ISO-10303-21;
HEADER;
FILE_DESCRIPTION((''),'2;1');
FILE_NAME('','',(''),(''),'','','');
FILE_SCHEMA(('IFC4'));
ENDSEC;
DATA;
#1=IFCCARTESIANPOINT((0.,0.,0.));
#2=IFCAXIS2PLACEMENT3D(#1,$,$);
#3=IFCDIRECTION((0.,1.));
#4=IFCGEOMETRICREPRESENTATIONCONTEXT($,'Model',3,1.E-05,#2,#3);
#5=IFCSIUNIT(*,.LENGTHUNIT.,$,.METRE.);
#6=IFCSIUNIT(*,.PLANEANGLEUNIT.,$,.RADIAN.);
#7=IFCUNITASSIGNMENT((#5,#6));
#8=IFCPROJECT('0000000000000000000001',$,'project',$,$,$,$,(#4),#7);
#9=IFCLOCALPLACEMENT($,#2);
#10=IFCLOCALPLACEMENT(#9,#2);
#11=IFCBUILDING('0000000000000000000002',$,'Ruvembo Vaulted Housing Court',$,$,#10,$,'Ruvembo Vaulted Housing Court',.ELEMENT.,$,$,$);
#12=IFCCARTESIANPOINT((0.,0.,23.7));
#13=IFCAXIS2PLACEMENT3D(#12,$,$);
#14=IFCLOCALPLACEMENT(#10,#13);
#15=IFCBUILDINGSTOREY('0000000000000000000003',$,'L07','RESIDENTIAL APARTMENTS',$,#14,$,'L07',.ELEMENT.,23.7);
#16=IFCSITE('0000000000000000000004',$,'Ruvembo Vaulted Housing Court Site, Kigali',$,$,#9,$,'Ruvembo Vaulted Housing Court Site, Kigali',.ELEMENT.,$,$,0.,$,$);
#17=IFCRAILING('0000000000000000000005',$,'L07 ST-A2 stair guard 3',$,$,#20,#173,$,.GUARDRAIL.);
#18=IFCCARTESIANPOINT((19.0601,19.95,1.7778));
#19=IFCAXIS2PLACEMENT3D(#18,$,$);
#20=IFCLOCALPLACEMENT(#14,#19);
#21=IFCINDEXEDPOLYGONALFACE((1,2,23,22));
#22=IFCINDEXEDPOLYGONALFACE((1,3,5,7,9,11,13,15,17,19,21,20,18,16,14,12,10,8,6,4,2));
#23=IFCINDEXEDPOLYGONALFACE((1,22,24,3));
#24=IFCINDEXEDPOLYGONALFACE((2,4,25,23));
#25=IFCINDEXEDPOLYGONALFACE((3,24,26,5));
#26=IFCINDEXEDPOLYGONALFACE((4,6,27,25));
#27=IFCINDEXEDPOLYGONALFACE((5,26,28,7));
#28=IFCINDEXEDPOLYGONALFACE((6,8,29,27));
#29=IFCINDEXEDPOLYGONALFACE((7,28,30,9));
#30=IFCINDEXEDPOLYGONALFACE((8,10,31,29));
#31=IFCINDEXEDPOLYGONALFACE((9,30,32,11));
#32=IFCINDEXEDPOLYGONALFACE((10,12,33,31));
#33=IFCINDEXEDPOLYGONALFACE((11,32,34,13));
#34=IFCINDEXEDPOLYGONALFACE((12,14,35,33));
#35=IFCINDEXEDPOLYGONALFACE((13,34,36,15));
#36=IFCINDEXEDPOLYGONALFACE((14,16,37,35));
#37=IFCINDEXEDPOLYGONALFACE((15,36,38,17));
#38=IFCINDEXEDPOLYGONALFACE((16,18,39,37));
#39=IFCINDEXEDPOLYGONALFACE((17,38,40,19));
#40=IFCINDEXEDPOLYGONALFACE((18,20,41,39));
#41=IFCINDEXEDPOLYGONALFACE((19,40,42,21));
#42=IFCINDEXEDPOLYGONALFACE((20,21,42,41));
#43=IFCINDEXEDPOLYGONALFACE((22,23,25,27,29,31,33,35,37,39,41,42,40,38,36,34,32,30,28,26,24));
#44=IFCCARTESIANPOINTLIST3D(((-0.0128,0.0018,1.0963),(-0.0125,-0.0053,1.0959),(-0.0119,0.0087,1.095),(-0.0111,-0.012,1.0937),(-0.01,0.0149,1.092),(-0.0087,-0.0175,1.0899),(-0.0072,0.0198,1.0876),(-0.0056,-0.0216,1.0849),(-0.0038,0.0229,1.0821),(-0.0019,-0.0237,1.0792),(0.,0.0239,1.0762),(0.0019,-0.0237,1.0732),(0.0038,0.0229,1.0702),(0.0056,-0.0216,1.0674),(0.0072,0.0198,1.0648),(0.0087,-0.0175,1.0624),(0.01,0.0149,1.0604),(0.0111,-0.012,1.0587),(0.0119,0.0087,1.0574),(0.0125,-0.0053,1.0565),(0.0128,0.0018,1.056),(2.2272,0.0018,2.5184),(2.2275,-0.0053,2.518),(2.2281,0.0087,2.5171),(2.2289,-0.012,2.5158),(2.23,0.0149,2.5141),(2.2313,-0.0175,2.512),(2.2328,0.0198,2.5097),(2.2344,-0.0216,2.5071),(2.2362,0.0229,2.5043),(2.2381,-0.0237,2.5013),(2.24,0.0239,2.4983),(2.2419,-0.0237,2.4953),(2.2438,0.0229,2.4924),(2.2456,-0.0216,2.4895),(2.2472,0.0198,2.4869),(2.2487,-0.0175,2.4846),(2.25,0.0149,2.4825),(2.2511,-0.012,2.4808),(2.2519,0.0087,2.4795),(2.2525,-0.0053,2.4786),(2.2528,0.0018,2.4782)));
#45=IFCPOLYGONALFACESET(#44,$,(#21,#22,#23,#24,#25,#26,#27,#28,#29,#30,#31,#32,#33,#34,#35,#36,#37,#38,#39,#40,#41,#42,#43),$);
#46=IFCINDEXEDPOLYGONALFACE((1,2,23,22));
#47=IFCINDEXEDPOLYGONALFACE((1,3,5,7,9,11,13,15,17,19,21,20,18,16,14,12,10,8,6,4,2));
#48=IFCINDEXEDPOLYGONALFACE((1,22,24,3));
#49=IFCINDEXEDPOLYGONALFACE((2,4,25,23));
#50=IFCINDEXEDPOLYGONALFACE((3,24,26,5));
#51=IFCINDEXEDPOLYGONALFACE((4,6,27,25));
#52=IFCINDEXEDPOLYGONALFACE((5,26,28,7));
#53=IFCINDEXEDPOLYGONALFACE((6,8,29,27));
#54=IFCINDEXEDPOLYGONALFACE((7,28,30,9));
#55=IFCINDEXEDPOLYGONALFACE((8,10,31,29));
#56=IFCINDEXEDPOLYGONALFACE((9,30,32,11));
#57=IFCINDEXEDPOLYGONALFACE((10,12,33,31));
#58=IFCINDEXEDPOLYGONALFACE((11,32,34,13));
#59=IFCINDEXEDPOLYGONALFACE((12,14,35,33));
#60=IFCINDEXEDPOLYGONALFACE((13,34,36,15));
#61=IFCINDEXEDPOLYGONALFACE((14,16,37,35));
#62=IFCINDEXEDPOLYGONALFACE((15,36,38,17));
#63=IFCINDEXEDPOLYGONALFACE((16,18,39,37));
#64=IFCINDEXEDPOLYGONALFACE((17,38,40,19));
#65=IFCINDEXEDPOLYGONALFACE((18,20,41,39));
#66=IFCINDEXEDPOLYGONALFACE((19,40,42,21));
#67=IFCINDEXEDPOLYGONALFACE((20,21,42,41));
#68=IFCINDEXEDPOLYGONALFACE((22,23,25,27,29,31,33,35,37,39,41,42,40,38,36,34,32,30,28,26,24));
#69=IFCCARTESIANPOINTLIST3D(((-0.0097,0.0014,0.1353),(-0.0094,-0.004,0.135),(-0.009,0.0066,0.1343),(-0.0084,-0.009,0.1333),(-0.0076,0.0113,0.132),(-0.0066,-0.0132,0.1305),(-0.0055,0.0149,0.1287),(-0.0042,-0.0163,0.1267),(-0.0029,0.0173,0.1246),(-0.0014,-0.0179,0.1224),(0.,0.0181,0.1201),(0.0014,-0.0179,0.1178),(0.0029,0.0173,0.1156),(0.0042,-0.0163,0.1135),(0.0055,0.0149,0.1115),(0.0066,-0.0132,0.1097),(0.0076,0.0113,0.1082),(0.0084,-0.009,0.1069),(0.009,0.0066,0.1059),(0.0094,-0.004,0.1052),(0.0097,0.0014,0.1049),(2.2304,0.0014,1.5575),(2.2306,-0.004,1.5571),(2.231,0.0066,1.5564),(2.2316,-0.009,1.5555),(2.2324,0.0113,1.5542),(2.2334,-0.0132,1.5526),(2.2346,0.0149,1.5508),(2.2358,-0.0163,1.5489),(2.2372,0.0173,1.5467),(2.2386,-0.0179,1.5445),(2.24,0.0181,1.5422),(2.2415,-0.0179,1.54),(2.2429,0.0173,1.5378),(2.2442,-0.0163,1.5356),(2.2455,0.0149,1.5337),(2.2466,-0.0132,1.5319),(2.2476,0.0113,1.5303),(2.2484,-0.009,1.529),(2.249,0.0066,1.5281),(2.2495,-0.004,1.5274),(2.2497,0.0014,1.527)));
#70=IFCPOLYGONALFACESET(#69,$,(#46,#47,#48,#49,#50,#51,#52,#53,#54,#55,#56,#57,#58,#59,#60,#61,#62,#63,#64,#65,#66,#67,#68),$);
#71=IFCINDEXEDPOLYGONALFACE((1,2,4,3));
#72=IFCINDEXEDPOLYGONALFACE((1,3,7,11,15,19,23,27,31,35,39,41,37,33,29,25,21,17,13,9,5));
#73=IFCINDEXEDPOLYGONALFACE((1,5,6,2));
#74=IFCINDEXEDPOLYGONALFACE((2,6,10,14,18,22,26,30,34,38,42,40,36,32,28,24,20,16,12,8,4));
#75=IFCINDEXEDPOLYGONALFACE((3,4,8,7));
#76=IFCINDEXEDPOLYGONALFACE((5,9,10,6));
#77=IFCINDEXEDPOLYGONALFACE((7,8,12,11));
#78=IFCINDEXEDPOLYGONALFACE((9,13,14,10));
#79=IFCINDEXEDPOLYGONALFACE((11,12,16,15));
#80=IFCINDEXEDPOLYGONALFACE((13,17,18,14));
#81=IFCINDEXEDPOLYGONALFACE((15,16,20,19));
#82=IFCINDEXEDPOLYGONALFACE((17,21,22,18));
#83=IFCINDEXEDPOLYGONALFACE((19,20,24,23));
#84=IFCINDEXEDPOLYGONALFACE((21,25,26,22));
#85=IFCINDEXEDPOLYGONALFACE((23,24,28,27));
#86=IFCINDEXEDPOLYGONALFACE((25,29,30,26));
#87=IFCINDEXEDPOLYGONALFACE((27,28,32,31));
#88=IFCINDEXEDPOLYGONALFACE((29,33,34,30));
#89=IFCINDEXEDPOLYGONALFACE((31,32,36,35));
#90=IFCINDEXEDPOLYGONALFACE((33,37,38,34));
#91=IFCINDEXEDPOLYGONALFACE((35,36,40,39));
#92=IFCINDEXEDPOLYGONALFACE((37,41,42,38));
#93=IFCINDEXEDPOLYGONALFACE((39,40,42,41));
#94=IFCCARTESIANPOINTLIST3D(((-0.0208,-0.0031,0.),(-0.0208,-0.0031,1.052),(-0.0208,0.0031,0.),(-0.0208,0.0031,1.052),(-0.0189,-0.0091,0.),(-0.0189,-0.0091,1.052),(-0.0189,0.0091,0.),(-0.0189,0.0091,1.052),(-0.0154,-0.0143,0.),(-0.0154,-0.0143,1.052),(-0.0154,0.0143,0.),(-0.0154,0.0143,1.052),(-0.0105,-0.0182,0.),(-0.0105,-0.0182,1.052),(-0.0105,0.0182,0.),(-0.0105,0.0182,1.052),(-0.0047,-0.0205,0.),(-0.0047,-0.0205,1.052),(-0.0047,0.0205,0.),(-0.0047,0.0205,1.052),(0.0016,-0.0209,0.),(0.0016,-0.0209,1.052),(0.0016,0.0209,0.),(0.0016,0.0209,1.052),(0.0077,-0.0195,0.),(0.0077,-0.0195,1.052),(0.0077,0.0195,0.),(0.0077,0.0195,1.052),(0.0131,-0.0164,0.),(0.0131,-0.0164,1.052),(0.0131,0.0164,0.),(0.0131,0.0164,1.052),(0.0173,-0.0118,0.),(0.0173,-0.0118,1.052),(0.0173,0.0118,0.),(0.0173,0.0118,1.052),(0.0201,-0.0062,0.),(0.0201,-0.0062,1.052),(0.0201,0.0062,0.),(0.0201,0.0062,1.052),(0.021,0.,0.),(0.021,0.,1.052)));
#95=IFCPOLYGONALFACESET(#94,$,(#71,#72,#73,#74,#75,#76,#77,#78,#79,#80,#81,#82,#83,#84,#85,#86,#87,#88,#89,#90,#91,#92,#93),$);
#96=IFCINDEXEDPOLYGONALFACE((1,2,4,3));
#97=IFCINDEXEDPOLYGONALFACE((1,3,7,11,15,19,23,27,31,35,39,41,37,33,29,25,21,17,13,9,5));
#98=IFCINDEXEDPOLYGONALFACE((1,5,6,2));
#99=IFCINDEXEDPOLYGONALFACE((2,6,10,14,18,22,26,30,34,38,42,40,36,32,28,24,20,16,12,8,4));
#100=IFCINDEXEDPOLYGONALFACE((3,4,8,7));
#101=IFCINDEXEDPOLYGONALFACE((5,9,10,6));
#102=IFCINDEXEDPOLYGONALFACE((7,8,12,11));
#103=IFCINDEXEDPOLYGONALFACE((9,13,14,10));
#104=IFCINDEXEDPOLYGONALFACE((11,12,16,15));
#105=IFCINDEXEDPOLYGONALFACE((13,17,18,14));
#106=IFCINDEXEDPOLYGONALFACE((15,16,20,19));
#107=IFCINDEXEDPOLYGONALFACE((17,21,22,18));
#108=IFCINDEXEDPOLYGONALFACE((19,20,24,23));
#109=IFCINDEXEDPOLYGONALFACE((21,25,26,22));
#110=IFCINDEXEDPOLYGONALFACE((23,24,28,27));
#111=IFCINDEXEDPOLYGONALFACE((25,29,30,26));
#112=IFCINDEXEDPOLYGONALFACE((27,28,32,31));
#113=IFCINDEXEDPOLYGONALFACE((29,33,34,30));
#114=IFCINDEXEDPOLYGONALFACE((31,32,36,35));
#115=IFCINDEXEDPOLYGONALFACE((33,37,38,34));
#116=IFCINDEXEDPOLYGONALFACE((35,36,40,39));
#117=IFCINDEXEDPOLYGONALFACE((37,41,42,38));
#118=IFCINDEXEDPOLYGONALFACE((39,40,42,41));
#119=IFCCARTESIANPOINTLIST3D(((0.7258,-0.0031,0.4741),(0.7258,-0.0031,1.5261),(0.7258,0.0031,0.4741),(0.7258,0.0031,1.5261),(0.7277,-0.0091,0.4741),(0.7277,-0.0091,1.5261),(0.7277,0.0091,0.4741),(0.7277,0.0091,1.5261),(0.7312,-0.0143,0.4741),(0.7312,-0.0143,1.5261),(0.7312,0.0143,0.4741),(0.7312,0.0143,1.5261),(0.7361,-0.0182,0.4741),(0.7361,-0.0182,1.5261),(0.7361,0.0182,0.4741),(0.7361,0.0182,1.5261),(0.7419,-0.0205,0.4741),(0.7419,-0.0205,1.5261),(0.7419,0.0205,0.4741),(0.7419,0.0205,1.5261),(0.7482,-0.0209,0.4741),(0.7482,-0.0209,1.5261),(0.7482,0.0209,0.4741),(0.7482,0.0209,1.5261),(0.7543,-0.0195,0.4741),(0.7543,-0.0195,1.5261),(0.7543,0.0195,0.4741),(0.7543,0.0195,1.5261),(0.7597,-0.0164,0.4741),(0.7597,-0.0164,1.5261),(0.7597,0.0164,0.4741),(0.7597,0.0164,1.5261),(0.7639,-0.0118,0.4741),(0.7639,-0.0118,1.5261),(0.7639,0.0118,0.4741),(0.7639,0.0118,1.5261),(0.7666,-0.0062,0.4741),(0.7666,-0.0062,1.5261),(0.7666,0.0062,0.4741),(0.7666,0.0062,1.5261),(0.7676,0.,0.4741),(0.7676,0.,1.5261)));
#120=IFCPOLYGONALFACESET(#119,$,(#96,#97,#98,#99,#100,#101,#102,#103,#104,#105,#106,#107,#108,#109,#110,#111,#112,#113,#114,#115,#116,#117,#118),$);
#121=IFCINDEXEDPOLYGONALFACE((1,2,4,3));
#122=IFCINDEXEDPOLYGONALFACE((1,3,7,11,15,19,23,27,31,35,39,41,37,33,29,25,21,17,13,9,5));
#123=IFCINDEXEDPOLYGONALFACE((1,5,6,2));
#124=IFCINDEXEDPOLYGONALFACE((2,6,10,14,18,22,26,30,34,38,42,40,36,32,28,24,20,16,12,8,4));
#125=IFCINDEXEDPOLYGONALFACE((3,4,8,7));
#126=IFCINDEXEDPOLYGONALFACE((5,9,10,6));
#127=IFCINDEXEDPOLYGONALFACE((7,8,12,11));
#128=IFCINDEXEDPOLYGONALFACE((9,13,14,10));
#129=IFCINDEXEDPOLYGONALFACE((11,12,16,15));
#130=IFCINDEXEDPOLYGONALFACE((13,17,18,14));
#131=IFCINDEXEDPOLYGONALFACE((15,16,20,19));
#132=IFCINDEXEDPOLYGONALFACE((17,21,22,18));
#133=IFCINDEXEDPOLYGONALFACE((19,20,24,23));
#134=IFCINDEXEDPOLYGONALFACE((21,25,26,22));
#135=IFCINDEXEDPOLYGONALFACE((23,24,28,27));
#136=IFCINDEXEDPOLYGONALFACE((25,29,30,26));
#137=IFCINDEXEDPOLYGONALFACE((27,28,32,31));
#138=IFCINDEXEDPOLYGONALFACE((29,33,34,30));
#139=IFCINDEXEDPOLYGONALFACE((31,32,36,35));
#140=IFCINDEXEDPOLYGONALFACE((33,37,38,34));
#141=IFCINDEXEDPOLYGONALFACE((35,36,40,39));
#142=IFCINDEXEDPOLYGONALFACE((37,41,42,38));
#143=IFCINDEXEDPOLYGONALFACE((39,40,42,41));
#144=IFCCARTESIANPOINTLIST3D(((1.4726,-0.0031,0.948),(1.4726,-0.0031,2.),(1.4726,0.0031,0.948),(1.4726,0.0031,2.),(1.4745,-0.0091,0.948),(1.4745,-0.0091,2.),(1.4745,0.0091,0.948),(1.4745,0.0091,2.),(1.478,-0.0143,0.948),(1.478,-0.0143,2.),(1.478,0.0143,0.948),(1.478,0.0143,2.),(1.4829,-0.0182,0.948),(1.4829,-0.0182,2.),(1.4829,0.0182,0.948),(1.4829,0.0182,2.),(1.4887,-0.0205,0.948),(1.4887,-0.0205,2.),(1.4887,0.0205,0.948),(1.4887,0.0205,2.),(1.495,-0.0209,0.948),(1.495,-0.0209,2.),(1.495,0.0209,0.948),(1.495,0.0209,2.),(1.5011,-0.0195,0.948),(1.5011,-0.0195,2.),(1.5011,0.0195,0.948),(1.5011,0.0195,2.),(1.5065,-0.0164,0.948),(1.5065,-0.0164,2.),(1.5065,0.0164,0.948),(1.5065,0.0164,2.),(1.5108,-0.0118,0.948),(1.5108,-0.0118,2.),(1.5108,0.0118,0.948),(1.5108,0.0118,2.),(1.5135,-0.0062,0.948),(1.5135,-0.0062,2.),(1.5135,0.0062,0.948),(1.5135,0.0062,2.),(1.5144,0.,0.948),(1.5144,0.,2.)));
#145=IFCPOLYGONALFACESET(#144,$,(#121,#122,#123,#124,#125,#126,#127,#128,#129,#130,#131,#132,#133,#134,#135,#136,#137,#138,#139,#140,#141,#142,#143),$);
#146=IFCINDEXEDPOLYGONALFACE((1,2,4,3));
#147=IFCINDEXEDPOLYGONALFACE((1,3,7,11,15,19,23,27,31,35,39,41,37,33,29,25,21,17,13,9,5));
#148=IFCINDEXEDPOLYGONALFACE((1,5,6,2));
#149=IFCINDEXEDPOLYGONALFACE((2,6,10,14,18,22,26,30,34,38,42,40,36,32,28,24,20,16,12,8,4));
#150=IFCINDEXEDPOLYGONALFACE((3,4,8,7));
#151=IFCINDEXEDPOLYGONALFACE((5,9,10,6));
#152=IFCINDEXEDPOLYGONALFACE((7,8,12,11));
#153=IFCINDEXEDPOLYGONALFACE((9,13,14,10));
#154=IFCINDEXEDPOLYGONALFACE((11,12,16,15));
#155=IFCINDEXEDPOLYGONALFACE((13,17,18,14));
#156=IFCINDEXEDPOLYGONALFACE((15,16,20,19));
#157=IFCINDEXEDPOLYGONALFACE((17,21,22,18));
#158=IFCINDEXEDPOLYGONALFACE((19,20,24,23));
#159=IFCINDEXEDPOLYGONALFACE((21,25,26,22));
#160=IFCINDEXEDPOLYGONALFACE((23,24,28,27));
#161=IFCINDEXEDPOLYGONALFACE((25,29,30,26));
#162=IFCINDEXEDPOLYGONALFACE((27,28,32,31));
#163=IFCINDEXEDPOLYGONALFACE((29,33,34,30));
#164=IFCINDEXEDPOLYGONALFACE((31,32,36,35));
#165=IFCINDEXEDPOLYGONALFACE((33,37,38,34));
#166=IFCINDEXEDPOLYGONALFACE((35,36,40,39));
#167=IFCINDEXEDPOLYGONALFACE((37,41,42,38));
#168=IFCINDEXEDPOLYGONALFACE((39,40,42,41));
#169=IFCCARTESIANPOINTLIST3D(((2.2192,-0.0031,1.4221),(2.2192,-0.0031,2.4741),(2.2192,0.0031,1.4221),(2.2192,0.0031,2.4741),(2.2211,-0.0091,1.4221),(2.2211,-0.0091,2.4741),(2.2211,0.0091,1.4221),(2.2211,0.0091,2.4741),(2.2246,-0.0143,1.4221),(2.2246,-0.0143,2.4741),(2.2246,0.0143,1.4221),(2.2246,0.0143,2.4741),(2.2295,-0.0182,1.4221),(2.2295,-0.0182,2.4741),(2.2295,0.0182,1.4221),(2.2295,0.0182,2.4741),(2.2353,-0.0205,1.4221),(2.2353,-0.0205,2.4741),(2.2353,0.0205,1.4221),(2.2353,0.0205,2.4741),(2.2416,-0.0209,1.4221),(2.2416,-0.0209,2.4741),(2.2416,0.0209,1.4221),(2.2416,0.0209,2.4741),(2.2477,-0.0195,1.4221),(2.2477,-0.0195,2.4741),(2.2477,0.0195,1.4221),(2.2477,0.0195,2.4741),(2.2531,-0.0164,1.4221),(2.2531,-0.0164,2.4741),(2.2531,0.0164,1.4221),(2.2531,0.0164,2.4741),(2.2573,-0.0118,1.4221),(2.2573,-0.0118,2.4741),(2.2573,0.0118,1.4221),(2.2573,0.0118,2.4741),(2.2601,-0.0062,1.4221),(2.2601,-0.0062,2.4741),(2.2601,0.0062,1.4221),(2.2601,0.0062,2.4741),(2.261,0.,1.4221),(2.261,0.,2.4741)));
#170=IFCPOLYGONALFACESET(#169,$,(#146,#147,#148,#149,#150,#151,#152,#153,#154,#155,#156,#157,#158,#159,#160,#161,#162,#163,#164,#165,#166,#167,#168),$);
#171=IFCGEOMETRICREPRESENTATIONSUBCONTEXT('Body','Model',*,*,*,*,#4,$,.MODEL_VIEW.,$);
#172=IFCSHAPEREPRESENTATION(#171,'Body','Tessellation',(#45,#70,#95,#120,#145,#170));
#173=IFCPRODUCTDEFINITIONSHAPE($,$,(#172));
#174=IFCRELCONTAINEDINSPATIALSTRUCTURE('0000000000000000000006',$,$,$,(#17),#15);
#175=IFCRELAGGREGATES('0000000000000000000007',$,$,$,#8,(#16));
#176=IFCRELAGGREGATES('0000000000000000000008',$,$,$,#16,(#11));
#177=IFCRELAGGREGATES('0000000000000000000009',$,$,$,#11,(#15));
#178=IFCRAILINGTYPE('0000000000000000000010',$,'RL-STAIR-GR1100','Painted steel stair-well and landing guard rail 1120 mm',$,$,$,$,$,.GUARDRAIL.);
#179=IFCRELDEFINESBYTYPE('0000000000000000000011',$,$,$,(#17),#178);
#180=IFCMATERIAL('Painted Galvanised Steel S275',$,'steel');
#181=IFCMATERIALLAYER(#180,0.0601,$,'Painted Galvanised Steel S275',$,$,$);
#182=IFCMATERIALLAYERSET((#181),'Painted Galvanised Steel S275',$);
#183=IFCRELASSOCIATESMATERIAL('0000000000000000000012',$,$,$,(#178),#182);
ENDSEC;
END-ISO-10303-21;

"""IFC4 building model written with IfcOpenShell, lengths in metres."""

from ifc_helpers import new_model, si_unit, direction, frame, origin, origin_2d, place, context, subcontext, project, spatial, circle, extrude, material, layer, layer_set, type_object, element, save


model = new_model("IFC4")

# Units and contexts
model_context = context("Model", 3, precision=1e-05, world=origin(), true_north=direction((0.0, 1.0)))
body_context = subcontext(model_context, "Body", "Model", "MODEL_VIEW")
ifc_project = project(units=[si_unit("LENGTHUNIT", "METRE"), si_unit("PLANEANGLEUNIT", "RADIAN")], contexts=[model_context])

# Site, building, storey
site_placement = place(None, origin())
site = spatial("IfcSite", under=ifc_project, at=site_placement, Name="Ruvembo Vaulted Housing Court Site, Kigali", LongName="Ruvembo Vaulted Housing Court Site, Kigali", CompositionType="ELEMENT", RefElevation=0.0)
building_placement = place(site_placement, origin())
building = spatial("IfcBuilding", under=site, at=building_placement, Name="Ruvembo Vaulted Housing Court", LongName="Ruvembo Vaulted Housing Court", CompositionType="ELEMENT")
storey_placement = place(building_placement, frame((0.0, 0.0, 23.7)))
storey = spatial("IfcBuildingStorey", under=building, at=storey_placement, Name="L07", Description="RESIDENTIAL APARTMENTS", LongName="L07", CompositionType="ELEMENT", Elevation=23.7)

# Railing
ifc_material_1 = material(Name="Painted Galvanised Steel S275", Category="steel")
ifc_layer_1 = layer(ifc_material_1, 0.0601, Name="Painted Galvanised Steel S275")
ifc_layer_set_1 = layer_set([ifc_layer_1], Name="Painted Galvanised Steel S275")
railing_type_1 = type_object("IfcRailingType", Name="RL-STAIR-GR1100", Description="Painted steel stair-well and landing guard rail 1120 mm", PredefinedType="GUARDRAIL", material=ifc_layer_set_1)
railing_1_placement = place(storey_placement, frame((19.0601, 19.95, 1.7778)))
element("IfcRailing", 1, at=railing_1_placement, inside=storey, type_object=railing_type_1, Name="L07 ST-A2 stair guard 3", PredefinedType="GUARDRAIL", context=body_context, shape_type="SweptSolid", body=[
    extrude(circle(Radius=0.0239, at=origin_2d()), frame((0.0, 0.0, 1.0762), z_axis=(0.844229, 0.0, 0.535982), x_axis=(0.0, 1.0, 0.0)), (0.0, 0.0, 1.0), 2.6533),
    extrude(circle(Radius=0.0181, at=origin_2d()), frame((0.0, 0.0, 0.1201), z_axis=(0.844229, 0.0, 0.535982), x_axis=(0.0, 1.0, 0.0)), (0.0, 0.0, 1.0), 2.6533),
    extrude(circle(Radius=0.021, at=origin_2d()), origin(), (0.0, 0.0, 1.0), 1.052),
    extrude(circle(Radius=0.021, at=origin_2d()), frame((0.7466, 0.0, 0.4741)), (0.0, 0.0, 1.0), 1.052),
    extrude(circle(Radius=0.021, at=origin_2d()), frame((1.4934, 0.0, 0.948)), (0.0, 0.0, 1.0), 1.052),
    extrude(circle(Radius=0.021, at=origin_2d()), frame((2.24, 0.0, 1.4221)), (0.0, 0.0, 1.0), 1.052),
])

save(model, "model.ifc")
